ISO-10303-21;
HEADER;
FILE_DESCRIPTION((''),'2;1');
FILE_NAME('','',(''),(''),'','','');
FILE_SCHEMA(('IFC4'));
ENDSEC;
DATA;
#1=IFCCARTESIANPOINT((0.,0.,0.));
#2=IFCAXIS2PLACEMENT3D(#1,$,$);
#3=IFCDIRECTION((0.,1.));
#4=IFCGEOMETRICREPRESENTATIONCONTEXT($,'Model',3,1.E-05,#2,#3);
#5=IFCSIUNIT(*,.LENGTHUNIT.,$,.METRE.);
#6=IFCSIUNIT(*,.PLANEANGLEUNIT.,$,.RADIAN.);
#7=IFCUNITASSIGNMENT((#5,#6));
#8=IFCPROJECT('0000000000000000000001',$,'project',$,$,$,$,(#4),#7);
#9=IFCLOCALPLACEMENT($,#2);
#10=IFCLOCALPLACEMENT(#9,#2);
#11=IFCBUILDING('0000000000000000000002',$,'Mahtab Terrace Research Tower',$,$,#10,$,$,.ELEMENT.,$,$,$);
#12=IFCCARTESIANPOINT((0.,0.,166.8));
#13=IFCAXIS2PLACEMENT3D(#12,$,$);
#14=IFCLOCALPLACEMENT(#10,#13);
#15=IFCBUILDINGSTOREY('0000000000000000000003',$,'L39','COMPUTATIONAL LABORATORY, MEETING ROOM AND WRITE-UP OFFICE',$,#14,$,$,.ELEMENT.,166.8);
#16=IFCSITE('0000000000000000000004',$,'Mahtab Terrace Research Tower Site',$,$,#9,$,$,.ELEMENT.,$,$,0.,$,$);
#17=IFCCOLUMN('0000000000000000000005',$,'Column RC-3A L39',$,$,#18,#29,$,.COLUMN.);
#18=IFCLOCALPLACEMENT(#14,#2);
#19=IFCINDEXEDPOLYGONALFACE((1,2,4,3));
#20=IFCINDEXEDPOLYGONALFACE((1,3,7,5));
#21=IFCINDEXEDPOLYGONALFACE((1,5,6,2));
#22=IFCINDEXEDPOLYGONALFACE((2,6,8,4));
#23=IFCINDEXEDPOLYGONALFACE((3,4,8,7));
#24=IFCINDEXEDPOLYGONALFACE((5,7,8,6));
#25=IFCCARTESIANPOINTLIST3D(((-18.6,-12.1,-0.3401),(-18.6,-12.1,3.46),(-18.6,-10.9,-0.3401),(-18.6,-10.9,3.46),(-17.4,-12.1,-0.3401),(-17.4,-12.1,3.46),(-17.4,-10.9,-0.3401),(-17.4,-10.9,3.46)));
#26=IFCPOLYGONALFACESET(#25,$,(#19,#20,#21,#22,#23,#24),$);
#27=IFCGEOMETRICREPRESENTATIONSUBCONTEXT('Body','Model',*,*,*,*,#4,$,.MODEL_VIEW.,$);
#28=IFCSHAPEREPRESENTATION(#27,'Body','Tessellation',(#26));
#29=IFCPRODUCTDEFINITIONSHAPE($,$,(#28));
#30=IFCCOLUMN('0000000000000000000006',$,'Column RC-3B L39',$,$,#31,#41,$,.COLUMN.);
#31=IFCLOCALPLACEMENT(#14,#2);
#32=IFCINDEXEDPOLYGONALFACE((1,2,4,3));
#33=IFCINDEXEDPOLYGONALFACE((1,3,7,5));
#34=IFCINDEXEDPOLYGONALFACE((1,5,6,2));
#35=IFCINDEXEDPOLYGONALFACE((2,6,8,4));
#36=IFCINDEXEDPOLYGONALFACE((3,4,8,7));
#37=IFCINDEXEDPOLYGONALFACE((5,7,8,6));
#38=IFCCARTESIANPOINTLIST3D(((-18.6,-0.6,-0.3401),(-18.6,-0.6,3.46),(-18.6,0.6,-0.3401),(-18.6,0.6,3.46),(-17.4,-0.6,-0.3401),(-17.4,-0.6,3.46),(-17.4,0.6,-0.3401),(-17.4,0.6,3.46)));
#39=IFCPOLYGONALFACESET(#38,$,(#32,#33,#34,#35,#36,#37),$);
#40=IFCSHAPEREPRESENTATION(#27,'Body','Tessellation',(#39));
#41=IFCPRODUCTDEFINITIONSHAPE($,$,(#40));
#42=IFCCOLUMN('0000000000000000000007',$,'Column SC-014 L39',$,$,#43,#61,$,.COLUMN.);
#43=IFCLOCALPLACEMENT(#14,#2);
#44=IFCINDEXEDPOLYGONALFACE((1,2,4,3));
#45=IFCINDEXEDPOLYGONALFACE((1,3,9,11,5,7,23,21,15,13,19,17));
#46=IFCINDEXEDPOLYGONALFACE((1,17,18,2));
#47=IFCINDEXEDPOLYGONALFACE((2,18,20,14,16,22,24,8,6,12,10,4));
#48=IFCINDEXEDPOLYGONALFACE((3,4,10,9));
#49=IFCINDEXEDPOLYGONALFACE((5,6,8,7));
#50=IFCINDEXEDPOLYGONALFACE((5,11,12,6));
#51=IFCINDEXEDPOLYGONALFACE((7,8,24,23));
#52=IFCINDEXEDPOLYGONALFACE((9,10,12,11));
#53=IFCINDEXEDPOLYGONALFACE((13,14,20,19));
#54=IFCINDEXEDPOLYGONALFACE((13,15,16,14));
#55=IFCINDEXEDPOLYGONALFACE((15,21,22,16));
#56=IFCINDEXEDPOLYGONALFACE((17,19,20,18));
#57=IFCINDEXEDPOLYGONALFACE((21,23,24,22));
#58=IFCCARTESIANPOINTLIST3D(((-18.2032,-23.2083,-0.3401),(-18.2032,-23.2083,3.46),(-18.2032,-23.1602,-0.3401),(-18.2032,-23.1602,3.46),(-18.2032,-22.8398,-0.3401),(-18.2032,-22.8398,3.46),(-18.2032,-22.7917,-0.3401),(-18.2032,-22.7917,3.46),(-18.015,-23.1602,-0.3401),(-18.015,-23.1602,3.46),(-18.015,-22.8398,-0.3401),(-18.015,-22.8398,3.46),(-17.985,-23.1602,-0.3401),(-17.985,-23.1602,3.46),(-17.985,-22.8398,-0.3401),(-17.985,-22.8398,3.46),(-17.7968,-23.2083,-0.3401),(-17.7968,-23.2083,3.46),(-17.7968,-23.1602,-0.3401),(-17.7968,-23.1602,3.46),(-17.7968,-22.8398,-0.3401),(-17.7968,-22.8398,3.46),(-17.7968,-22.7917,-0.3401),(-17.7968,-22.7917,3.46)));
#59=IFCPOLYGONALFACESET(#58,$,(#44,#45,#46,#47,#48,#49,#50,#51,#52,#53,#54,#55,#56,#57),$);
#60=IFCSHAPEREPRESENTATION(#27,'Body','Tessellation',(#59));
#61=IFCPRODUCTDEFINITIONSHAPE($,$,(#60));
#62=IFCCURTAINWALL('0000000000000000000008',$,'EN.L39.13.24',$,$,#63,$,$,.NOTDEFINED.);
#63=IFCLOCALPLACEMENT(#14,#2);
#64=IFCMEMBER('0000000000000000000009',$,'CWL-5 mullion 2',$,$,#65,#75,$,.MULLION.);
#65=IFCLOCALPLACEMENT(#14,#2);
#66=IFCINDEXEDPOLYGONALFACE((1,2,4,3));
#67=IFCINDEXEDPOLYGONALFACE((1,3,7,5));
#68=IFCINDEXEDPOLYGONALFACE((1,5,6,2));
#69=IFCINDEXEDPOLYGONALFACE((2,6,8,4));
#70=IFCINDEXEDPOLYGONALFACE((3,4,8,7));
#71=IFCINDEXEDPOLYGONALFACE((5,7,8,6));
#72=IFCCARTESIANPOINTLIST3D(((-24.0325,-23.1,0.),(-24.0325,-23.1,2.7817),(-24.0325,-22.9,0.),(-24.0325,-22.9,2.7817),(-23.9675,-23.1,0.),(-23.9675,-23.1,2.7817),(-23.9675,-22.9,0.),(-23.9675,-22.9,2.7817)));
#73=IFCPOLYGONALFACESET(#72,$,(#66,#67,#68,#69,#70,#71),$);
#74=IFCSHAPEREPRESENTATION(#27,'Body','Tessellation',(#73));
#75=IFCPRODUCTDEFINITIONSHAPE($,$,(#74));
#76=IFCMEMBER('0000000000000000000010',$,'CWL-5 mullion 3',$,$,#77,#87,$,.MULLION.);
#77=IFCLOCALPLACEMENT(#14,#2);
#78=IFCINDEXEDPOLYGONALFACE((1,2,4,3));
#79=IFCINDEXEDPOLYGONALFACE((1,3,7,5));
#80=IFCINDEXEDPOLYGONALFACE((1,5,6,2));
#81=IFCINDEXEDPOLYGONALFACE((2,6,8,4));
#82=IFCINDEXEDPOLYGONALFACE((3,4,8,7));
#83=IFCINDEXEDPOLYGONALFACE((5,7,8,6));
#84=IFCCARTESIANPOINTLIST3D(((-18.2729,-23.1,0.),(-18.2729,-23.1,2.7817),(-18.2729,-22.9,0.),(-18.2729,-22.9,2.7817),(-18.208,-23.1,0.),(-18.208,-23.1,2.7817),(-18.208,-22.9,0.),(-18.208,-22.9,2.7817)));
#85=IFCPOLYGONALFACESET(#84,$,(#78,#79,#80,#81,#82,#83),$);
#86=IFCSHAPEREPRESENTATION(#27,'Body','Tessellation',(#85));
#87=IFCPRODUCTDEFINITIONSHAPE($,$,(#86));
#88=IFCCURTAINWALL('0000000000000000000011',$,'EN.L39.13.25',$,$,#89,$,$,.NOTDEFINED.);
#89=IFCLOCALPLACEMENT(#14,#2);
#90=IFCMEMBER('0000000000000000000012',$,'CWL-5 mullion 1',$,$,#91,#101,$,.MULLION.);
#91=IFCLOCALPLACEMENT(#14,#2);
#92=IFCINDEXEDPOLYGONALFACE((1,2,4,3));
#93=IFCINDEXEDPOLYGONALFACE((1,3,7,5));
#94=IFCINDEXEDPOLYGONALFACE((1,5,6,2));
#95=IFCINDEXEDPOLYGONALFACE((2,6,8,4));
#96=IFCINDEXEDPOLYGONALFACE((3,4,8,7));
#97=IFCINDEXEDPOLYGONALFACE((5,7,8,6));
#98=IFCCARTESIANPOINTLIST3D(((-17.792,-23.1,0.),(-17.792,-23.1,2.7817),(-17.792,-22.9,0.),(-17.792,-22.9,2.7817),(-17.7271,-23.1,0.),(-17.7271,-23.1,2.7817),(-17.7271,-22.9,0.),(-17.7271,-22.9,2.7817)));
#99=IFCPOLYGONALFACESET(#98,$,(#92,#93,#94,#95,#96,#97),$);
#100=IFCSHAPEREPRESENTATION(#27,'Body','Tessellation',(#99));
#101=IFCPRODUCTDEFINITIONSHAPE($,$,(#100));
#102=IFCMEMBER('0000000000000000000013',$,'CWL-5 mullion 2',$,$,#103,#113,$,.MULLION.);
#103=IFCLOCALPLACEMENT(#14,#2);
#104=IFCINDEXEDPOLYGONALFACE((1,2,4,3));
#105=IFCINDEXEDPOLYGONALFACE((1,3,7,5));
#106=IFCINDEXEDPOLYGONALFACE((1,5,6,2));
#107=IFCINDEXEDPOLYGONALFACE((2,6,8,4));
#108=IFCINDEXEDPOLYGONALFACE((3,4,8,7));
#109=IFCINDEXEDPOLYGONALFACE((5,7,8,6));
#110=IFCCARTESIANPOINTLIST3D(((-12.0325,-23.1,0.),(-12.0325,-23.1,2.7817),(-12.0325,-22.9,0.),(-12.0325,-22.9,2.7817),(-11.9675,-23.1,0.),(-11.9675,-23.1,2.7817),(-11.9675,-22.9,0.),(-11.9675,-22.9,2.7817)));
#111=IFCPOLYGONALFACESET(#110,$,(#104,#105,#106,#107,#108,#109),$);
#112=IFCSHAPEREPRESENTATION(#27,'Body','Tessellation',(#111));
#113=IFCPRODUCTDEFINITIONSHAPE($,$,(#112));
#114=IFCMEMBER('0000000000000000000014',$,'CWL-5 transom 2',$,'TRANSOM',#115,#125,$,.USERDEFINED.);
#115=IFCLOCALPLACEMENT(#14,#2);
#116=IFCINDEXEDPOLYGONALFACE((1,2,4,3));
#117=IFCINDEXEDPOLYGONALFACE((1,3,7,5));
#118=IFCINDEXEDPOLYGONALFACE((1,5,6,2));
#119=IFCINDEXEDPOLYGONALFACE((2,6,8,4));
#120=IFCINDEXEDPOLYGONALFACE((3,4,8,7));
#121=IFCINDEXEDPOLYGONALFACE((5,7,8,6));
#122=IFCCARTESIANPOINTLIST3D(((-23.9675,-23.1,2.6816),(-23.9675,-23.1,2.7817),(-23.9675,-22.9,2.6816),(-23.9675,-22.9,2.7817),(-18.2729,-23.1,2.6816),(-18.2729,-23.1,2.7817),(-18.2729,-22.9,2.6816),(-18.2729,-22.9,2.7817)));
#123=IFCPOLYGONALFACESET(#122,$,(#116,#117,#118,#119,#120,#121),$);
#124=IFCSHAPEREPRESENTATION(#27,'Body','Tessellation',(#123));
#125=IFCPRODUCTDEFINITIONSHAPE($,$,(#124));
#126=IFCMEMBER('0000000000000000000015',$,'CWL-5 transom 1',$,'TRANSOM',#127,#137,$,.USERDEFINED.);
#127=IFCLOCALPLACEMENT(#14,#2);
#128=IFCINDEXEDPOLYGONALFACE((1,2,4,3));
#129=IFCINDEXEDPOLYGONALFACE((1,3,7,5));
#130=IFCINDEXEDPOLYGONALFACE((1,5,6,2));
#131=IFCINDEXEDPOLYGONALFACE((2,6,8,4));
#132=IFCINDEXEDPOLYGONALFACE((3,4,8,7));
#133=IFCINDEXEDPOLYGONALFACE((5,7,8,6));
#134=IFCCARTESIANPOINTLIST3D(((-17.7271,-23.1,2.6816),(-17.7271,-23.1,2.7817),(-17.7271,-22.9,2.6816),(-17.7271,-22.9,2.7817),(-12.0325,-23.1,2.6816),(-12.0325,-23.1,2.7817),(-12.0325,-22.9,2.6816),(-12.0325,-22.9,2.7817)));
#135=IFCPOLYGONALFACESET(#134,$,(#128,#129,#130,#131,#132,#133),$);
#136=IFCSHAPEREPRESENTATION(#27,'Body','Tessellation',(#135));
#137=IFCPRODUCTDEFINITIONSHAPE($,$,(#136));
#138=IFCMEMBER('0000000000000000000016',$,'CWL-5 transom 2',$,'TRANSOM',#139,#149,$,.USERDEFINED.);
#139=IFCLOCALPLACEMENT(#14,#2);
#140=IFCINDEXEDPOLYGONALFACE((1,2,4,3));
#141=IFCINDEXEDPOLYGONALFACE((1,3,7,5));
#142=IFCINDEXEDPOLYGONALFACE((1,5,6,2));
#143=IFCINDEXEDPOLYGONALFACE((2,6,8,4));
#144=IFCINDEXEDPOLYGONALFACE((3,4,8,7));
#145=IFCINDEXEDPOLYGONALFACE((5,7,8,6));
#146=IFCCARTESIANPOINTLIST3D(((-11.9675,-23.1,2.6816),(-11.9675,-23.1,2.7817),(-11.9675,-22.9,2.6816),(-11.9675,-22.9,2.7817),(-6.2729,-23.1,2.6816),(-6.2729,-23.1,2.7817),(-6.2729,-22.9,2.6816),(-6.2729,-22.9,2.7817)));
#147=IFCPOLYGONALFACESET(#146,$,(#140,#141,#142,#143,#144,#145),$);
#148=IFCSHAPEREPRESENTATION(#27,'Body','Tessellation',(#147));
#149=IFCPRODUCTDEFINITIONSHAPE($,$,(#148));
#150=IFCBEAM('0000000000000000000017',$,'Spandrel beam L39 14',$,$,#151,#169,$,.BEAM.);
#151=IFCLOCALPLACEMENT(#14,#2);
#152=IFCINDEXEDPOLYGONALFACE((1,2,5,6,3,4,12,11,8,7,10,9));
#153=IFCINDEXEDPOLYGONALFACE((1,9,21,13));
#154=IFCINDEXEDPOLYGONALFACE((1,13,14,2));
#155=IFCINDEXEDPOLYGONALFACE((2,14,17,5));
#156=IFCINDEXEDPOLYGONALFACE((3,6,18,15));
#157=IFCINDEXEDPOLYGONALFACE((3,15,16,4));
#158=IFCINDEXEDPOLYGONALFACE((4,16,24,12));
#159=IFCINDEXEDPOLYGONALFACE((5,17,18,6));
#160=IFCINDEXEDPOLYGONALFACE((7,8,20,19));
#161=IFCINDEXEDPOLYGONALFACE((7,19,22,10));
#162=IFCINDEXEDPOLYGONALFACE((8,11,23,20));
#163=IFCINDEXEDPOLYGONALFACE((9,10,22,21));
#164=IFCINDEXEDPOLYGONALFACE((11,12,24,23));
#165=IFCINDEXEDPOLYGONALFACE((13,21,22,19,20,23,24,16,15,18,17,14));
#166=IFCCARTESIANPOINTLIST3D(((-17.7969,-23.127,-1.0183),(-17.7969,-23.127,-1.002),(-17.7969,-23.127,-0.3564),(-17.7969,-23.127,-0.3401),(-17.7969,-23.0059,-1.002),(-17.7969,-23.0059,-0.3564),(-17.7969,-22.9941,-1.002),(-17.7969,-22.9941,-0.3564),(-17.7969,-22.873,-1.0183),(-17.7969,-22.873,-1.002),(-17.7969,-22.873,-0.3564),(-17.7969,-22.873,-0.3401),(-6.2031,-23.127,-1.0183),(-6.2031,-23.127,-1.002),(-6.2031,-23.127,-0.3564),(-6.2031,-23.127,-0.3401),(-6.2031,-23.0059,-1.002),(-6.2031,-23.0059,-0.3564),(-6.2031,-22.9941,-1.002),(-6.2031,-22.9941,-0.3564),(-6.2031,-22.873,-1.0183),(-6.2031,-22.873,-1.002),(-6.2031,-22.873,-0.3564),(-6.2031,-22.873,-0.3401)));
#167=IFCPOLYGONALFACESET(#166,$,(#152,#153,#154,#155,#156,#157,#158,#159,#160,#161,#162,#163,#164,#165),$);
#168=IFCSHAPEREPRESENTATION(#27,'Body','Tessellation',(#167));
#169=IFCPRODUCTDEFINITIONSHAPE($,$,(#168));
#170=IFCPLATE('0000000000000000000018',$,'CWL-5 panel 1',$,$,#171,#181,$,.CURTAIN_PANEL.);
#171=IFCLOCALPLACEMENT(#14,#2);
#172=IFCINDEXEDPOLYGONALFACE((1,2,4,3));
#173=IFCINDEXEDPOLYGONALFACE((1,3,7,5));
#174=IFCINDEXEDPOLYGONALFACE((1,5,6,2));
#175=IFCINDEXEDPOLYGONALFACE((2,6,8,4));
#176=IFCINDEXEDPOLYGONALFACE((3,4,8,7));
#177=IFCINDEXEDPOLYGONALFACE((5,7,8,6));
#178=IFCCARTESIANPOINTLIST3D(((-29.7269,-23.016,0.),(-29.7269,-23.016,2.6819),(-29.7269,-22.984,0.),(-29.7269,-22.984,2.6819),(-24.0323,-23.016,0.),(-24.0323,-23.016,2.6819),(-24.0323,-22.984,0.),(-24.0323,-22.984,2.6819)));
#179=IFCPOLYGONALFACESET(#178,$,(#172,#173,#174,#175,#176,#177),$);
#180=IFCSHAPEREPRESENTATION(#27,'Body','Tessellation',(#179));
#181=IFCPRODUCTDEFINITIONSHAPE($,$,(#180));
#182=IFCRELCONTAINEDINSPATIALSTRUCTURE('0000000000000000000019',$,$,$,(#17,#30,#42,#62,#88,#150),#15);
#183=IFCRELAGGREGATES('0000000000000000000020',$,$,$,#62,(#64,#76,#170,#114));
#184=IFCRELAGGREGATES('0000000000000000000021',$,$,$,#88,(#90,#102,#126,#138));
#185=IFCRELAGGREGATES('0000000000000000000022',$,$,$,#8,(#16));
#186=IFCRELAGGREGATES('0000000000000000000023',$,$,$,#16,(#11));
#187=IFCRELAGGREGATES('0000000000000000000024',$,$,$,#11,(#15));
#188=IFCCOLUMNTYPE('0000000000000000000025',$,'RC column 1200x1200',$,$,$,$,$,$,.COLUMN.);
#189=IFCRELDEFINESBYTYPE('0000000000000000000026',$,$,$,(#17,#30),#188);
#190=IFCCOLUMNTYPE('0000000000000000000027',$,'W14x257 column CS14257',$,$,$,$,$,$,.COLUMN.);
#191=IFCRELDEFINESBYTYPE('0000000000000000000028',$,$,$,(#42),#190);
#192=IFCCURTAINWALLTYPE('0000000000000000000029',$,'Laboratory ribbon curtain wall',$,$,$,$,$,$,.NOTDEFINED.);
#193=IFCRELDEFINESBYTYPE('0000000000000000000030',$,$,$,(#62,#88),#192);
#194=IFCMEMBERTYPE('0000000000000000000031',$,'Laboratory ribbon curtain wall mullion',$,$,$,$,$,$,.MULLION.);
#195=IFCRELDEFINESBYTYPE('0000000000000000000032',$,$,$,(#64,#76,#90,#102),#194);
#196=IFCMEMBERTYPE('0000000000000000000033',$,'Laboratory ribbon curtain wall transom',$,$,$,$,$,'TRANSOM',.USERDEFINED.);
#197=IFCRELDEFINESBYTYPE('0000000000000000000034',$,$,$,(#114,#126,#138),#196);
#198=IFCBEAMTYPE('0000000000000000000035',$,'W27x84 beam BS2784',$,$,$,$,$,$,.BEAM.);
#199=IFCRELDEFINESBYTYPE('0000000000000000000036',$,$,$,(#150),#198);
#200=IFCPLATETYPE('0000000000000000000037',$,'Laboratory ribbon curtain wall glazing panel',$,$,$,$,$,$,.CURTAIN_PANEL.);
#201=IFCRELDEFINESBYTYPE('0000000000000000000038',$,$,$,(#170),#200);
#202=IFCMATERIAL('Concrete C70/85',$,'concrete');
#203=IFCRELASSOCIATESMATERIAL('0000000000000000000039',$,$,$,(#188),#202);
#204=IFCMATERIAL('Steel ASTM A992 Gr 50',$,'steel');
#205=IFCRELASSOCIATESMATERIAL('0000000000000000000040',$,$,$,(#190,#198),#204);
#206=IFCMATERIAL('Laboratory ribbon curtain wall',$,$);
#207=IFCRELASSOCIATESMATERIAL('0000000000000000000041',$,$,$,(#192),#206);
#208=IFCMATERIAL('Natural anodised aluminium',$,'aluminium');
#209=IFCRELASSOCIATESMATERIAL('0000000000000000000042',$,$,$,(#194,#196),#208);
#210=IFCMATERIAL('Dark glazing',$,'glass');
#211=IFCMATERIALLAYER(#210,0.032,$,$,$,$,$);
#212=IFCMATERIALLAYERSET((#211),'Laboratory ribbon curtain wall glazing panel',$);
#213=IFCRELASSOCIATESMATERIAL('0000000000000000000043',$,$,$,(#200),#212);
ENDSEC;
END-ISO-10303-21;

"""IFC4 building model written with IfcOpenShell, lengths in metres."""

from ifc_helpers import new_model, si_unit, direction, frame, origin, origin_2d, place, context, subcontext, project, spatial, rectangle, i_section, extrude, material, layer, layer_set, material_profile, profile_set, type_object, element, aggregate, save


model = new_model("IFC4")

# Units and contexts
model_context = context("Model", 3, precision=1e-05, world=origin(), true_north=direction((0.0, 1.0)))
body_context = subcontext(model_context, "Body", "Model", "MODEL_VIEW")
ifc_project = project(units=[si_unit("LENGTHUNIT", "METRE"), si_unit("PLANEANGLEUNIT", "RADIAN")], contexts=[model_context])

# Site, building, storey
site_placement = place(None, origin())
site = spatial("IfcSite", under=ifc_project, at=site_placement, Name="Mahtab Terrace Research Tower Site", CompositionType="ELEMENT", RefElevation=0.0)
building_placement = place(site_placement, origin())
building = spatial("IfcBuilding", under=site, at=building_placement, Name="Mahtab Terrace Research Tower", CompositionType="ELEMENT")
storey_placement = place(building_placement, frame((0.0, 0.0, 166.8)))
storey = spatial("IfcBuildingStorey", under=building, at=storey_placement, Name="L39", Description="COMPUTATIONAL LABORATORY, MEETING ROOM AND WRITE-UP OFFICE", CompositionType="ELEMENT", Elevation=166.8)

# Columns
ifc_material_1 = material(Name="Concrete C70/85", Category="concrete")
ifc_material_profile_1 = material_profile(ifc_material_1, rectangle(XDim=1.2, YDim=1.2, at=origin_2d()), Name="RC column 1200x1200")
ifc_profile_set_1 = profile_set([ifc_material_profile_1], Name="Concrete C70/85")
column_type_1 = type_object("IfcColumnType", Name="RC column 1200x1200", PredefinedType="COLUMN", material=ifc_profile_set_1)
for number, where, z_axis, x_axis, name in (
    (1, (-18.0, -11.5, -0.3401), (0.0, 0.0, 1.0), (1.0, 0.0, 0.0), "Column RC-3A L39"),
    (2, (-18.0, 0.0, -0.3401), (0.0, 0.0, 1.0), (1.0, 0.0, 0.0), "Column RC-3B L39"),
):
    element("IfcColumn", number, at=place(storey_placement, frame(where, z_axis=z_axis, x_axis=x_axis)), inside=storey, type_object=column_type_1, Name=name, PredefinedType="COLUMN", context=body_context, shape_type="SweptSolid", body=[
        extrude(rectangle(XDim=1.2, YDim=1.2, at=origin_2d()), origin(), (0.0, 0.0, 1.0), 3.8),
    ])
ifc_material_2 = material(Name="Steel ASTM A992 Gr 50", Category="steel")
ifc_material_profile_2 = material_profile(ifc_material_2, i_section(OverallWidth=0.4065, OverallDepth=0.4165, WebThickness=0.03, FlangeThickness=0.0481, at=origin_2d()), Name="W14X257")
ifc_profile_set_2 = profile_set([ifc_material_profile_2], Name="Steel ASTM A992 Gr 50")
column_type_2 = type_object("IfcColumnType", Name="W14x257 column CS14257", PredefinedType="COLUMN", material=ifc_profile_set_2)
column_placement = place(storey_placement, frame((-18.0, -23.0, -0.3401), z_axis=(0.0, 0.0, 1.0), x_axis=(1.0, 0.0, 0.0)))
element("IfcColumn", 3, at=column_placement, inside=storey, type_object=column_type_2, Name="Column SC-014 L39", PredefinedType="COLUMN", context=body_context, shape_type="SweptSolid", body=[
    extrude(i_section(OverallWidth=0.4065, OverallDepth=0.4165, WebThickness=0.03, FlangeThickness=0.0481, at=origin_2d()), origin(), (0.0, 0.0, 1.0), 3.8),
])

# Curtain walls, members
ifc_material_3 = material(Name="Laboratory ribbon curtain wall")
curtain_wall_type = type_object("IfcCurtainWallType", Name="Laboratory ribbon curtain wall", PredefinedType="NOTDEFINED", material=ifc_material_3)
curtain_wall_1_placement = place(storey_placement, origin())
curtain_wall_1 = element("IfcCurtainWall", 4, at=curtain_wall_1_placement, inside=storey, type_object=curtain_wall_type, Name="EN.L39.13.24", PredefinedType="NOTDEFINED")
ifc_material_4 = material(Name="Natural anodised aluminium", Category="aluminium")
ifc_material_profile_3 = material_profile(ifc_material_4, rectangle(XDim=0.2, YDim=0.0649, at=origin_2d()), Name="MULLION 65x200")
ifc_profile_set_3 = profile_set([ifc_material_profile_3], Name="Natural anodised aluminium")
member_type_1 = type_object("IfcMemberType", Name="Laboratory ribbon curtain wall mullion", PredefinedType="MULLION", material=ifc_profile_set_3)
member_1_placement = place(storey_placement, frame((-24.0, -23.0, 0.0), z_axis=(0.0, 0.0, 1.0), x_axis=(0.0, 1.0, 0.0)))
member_1 = element("IfcMember", 5, at=member_1_placement, type_object=member_type_1, Name="CWL-5 mullion 2", PredefinedType="MULLION", context=body_context, shape_type="SweptSolid", body=[
    extrude(rectangle(XDim=0.2, YDim=0.0649, at=origin_2d()), origin(), (0.0, 0.0, 1.0), 2.7817),
])
member_2_placement = place(storey_placement, frame((-18.2405, -23.0, 0.0), z_axis=(0.0, 0.0, 1.0), x_axis=(0.0, 1.0, 0.0)))
member_2 = element("IfcMember", 6, at=member_2_placement, type_object=member_type_1, Name="CWL-5 mullion 3", PredefinedType="MULLION", context=body_context, shape_type="SweptSolid", body=[
    extrude(rectangle(XDim=0.2, YDim=0.0649, at=origin_2d()), origin(), (0.0, 0.0, 1.0), 2.7817),
])
curtain_wall_2_placement = place(storey_placement, origin())
curtain_wall_2 = element("IfcCurtainWall", 7, at=curtain_wall_2_placement, inside=storey, type_object=curtain_wall_type, Name="EN.L39.13.25", PredefinedType="NOTDEFINED")
member_3_placement = place(storey_placement, frame((-17.7595, -23.0, 0.0), z_axis=(0.0, 0.0, 1.0), x_axis=(0.0, 1.0, 0.0)))
member_3 = element("IfcMember", 8, at=member_3_placement, type_object=member_type_1, Name="CWL-5 mullion 1", PredefinedType="MULLION", context=body_context, shape_type="SweptSolid", body=[
    extrude(rectangle(XDim=0.2, YDim=0.0649, at=origin_2d()), origin(), (0.0, 0.0, 1.0), 2.7817),
])
member_4_placement = place(storey_placement, frame((-12.0, -23.0, 0.0), z_axis=(0.0, 0.0, 1.0), x_axis=(0.0, 1.0, 0.0)))
member_4 = element("IfcMember", 9, at=member_4_placement, type_object=member_type_1, Name="CWL-5 mullion 2", PredefinedType="MULLION", context=body_context, shape_type="SweptSolid", body=[
    extrude(rectangle(XDim=0.2, YDim=0.0649, at=origin_2d()), origin(), (0.0, 0.0, 1.0), 2.7817),
])

# Members
ifc_material_profile_4 = material_profile(ifc_material_4, rectangle(XDim=0.2, YDim=0.1001, at=origin_2d()), Name="TRANSOM 100x200")
ifc_profile_set_4 = profile_set([ifc_material_profile_4], Name="Natural anodised aluminium")
member_type_2 = type_object("IfcMemberType", Name="Laboratory ribbon curtain wall transom", ElementType="TRANSOM", PredefinedType="USERDEFINED", material=ifc_profile_set_4)
member_5_placement = place(storey_placement, frame((-23.9675, -23.0, 2.7317), z_axis=(1.0, 0.0, 0.0), x_axis=(0.0, 1.0, 0.0)))
member_5 = element("IfcMember", 10, at=member_5_placement, type_object=member_type_2, Name="CWL-5 transom 2", ObjectType="TRANSOM", PredefinedType="USERDEFINED", context=body_context, shape_type="SweptSolid", body=[
    extrude(rectangle(XDim=0.2, YDim=0.1001, at=origin_2d()), origin(), (0.0, 0.0, 1.0), 5.6946),
])
member_6_placement = place(storey_placement, frame((-17.7271, -23.0, 2.7317), z_axis=(1.0, 0.0, 0.0), x_axis=(0.0, 1.0, 0.0)))
member_6 = element("IfcMember", 11, at=member_6_placement, type_object=member_type_2, Name="CWL-5 transom 1", ObjectType="TRANSOM", PredefinedType="USERDEFINED", context=body_context, shape_type="SweptSolid", body=[
    extrude(rectangle(XDim=0.2, YDim=0.1001, at=origin_2d()), origin(), (0.0, 0.0, 1.0), 5.6946),
])
member_7_placement = place(storey_placement, frame((-11.9675, -23.0, 2.7317), z_axis=(1.0, 0.0, 0.0), x_axis=(0.0, 1.0, 0.0)))
member_7 = element("IfcMember", 12, at=member_7_placement, type_object=member_type_2, Name="CWL-5 transom 2", ObjectType="TRANSOM", PredefinedType="USERDEFINED", context=body_context, shape_type="SweptSolid", body=[
    extrude(rectangle(XDim=0.2, YDim=0.1001, at=origin_2d()), origin(), (0.0, 0.0, 1.0), 5.6946),
])

# Beam
ifc_material_profile_5 = material_profile(ifc_material_2, i_section(OverallWidth=0.2539, OverallDepth=0.6782, WebThickness=0.0117, FlangeThickness=0.0164, at=origin_2d()), Name="W27X84")
ifc_profile_set_5 = profile_set([ifc_material_profile_5], Name="Steel ASTM A992 Gr 50")
beam_type = type_object("IfcBeamType", Name="W27x84 beam BS2784", PredefinedType="BEAM", material=ifc_profile_set_5)
beam_placement = place(storey_placement, frame((-17.7969, -23.0, -0.6792), z_axis=(1.0, 0.0, 0.0), x_axis=(0.0, 1.0, 0.0)))
element("IfcBeam", 13, at=beam_placement, inside=storey, type_object=beam_type, Name="Spandrel beam L39 14", PredefinedType="BEAM", context=body_context, shape_type="SweptSolid", body=[
    extrude(i_section(OverallWidth=0.2539, OverallDepth=0.6782, WebThickness=0.0117, FlangeThickness=0.0164, at=origin_2d()), origin(), (0.0, 0.0, 1.0), 11.5938),
])

# Plate
ifc_material_5 = material(Name="Dark glazing", Category="glass")
ifc_layer_1 = layer(ifc_material_5, 0.032)
ifc_layer_set_1 = layer_set([ifc_layer_1], Name="Laboratory ribbon curtain wall glazing panel")
plate_type = type_object("IfcPlateType", Name="Laboratory ribbon curtain wall glazing panel", PredefinedType="CURTAIN_PANEL", material=ifc_layer_set_1)
plate_1_placement = place(storey_placement, frame((-26.8796, -23.0, 0.0), z_axis=(0.0, 0.0, 1.0), x_axis=(1.0, 0.0, 0.0)))
plate_1 = element("IfcPlate", 14, at=plate_1_placement, type_object=plate_type, Name="CWL-5 panel 1", PredefinedType="CURTAIN_PANEL", context=body_context, shape_type="SweptSolid", body=[
    extrude(rectangle(XDim=5.6946, YDim=0.032, at=origin_2d()), origin(), (0.0, 0.0, 1.0), 2.6819),
])
aggregate(curtain_wall_1, [member_1, member_2, plate_1, member_5])
aggregate(curtain_wall_2, [member_3, member_4, member_6, member_7])

save(model, "model.ifc")
